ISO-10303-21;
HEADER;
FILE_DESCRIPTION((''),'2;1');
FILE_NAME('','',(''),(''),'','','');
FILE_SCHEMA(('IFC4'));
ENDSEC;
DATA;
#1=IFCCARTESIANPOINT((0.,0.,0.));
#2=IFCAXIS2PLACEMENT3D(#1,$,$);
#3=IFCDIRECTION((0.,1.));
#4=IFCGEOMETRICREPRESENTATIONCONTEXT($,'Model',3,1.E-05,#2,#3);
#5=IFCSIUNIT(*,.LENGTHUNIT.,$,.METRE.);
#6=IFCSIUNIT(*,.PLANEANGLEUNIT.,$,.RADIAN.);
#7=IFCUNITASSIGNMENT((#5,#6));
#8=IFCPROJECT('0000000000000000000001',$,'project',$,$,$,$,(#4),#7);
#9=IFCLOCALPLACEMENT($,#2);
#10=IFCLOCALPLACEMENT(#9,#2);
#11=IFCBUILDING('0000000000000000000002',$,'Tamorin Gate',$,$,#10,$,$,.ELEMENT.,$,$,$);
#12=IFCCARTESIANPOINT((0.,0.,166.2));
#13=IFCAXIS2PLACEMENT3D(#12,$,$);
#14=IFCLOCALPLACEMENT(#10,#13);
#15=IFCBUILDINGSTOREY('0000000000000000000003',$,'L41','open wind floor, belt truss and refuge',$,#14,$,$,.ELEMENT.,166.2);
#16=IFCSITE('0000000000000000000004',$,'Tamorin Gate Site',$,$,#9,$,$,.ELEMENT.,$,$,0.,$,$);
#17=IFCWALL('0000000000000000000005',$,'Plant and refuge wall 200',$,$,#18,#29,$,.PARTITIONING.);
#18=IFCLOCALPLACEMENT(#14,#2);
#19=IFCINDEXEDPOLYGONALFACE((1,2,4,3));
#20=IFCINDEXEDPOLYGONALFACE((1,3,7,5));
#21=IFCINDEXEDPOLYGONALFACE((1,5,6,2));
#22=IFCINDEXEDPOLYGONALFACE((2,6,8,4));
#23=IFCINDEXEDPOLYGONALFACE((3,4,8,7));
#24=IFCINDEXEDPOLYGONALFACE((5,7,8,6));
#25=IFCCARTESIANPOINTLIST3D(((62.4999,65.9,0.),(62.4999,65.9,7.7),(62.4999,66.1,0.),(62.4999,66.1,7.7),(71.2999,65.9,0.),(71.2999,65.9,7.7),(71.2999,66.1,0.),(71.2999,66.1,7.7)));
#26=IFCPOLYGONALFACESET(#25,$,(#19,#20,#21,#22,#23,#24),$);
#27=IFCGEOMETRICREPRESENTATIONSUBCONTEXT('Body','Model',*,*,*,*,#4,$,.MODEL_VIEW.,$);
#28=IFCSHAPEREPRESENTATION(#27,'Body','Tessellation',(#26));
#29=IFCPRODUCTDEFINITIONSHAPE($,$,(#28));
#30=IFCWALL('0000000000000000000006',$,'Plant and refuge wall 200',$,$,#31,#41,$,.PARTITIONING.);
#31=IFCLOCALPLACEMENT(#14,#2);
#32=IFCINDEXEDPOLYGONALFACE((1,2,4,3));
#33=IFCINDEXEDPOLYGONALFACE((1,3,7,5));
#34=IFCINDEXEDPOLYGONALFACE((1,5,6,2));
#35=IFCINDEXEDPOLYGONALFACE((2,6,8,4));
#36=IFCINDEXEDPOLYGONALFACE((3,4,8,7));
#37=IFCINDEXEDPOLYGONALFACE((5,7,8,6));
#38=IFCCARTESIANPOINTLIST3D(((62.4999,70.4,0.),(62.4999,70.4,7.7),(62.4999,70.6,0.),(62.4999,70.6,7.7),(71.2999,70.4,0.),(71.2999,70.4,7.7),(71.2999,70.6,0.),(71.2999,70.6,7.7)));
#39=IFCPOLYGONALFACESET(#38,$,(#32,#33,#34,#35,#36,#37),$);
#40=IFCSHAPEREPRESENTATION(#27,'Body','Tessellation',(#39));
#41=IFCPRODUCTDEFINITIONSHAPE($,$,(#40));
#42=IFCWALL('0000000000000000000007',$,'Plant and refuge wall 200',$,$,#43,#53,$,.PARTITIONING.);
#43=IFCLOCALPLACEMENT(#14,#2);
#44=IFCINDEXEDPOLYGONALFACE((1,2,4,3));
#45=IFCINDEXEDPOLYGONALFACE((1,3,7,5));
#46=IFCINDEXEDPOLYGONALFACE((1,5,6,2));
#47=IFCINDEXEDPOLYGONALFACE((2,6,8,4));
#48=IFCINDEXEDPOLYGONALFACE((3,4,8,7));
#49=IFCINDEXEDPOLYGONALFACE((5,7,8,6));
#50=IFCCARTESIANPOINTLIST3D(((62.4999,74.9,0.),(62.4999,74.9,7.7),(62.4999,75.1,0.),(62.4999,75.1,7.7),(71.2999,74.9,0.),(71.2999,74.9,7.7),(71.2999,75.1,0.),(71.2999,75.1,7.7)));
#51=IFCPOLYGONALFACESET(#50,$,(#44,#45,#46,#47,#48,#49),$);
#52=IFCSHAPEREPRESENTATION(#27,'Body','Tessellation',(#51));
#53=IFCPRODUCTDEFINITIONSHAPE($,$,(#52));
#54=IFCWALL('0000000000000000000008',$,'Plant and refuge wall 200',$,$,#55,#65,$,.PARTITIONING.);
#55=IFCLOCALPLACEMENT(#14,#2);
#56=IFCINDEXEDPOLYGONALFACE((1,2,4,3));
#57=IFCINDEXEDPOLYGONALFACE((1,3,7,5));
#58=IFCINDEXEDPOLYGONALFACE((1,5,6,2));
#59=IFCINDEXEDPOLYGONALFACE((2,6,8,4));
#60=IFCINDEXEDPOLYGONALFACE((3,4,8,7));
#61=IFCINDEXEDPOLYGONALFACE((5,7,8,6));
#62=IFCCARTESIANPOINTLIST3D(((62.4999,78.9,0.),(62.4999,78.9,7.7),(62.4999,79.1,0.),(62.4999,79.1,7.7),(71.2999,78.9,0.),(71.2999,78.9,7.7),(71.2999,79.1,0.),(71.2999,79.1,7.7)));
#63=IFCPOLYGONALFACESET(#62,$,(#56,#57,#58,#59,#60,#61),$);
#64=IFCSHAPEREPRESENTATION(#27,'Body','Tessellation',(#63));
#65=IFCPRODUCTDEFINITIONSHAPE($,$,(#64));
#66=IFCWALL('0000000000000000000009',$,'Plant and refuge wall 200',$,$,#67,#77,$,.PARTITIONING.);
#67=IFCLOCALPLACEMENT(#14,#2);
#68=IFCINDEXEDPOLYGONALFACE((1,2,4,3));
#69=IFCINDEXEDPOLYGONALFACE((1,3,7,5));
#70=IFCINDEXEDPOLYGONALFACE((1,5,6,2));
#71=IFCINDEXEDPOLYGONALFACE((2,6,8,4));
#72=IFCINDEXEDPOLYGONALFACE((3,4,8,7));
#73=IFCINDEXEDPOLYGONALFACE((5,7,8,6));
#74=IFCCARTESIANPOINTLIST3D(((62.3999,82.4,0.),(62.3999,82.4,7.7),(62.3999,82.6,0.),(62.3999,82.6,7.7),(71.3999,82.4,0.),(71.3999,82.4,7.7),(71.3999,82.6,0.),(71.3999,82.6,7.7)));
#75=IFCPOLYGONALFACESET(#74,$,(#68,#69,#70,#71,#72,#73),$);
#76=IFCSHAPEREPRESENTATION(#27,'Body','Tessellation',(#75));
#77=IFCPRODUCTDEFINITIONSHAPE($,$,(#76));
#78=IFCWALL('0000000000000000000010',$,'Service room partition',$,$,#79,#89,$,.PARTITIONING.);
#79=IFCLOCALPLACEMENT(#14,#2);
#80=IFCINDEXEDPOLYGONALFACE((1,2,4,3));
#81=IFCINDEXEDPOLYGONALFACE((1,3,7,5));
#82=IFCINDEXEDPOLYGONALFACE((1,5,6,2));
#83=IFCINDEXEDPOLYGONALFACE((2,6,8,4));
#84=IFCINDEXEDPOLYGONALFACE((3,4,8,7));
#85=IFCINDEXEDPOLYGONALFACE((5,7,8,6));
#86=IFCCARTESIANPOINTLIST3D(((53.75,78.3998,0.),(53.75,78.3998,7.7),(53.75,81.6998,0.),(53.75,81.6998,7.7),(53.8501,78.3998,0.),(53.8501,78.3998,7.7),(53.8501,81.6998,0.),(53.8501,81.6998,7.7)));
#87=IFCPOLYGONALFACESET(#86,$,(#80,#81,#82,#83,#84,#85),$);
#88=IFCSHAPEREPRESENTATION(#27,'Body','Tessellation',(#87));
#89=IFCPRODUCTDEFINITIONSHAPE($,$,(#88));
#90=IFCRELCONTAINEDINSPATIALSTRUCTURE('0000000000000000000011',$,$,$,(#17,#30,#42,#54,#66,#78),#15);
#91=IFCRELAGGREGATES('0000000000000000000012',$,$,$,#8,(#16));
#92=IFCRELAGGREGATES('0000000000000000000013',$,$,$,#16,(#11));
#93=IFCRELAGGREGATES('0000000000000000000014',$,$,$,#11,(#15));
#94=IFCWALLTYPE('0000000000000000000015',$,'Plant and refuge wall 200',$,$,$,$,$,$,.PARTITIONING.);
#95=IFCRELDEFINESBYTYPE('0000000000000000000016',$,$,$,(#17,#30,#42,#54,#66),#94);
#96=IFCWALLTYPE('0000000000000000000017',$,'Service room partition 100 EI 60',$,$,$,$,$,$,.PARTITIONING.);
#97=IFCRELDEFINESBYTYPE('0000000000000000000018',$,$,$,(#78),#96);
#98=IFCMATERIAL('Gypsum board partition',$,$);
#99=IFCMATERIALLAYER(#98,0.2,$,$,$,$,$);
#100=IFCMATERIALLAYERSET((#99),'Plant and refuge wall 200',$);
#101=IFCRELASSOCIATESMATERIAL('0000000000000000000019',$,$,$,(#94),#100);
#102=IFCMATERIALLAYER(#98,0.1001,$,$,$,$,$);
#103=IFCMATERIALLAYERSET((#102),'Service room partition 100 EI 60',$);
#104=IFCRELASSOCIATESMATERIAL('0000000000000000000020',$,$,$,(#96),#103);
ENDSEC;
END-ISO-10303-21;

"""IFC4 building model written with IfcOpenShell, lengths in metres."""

from ifc_helpers import new_model, si_unit, direction, frame, frame_2d, origin, place, context, subcontext, project, spatial, rectangle, extrude, material, layer, layer_set, type_object, element, save


model = new_model("IFC4")

# Units and contexts
model_context = context("Model", 3, precision=1e-05, world=origin(), true_north=direction((0.0, 1.0)))
body_context = subcontext(model_context, "Body", "Model", "MODEL_VIEW")
ifc_project = project(units=[si_unit("LENGTHUNIT", "METRE"), si_unit("PLANEANGLEUNIT", "RADIAN")], contexts=[model_context])

# Site, building, storey
site_placement = place(None, origin())
site = spatial("IfcSite", under=ifc_project, at=site_placement, Name="Tamorin Gate Site", CompositionType="ELEMENT", RefElevation=0.0)
building_placement = place(site_placement, origin())
building = spatial("IfcBuilding", under=site, at=building_placement, Name="Tamorin Gate", CompositionType="ELEMENT")
storey_placement = place(building_placement, frame((0.0, 0.0, 166.2)))
storey = spatial("IfcBuildingStorey", under=building, at=storey_placement, Name="L41", Description="open wind floor, belt truss and refuge", CompositionType="ELEMENT", Elevation=166.2)

# Walls
ifc_material_1 = material(Name="Gypsum board partition")
ifc_layer_1 = layer(ifc_material_1, 0.2)
ifc_layer_set_1 = layer_set([ifc_layer_1], Name="Plant and refuge wall 200")
wall_type_1 = type_object("IfcWallType", Name="Plant and refuge wall 200", PredefinedType="PARTITIONING", material=ifc_layer_set_1)
for number, where, z_axis, x_axis, name in (
    (1, (62.5, 66.0, 0.0), (0.0, 0.0, 1.0), (1.0, 0.0, 0.0), "Plant and refuge wall 200"),
    (2, (62.5, 70.5, 0.0), (0.0, 0.0, 1.0), (1.0, 0.0, 0.0), "Plant and refuge wall 200"),
    (3, (62.5, 75.0, 0.0), (0.0, 0.0, 1.0), (1.0, 0.0, 0.0), "Plant and refuge wall 200"),
    (4, (62.5, 79.0, 0.0), (0.0, 0.0, 1.0), (1.0, 0.0, 0.0), "Plant and refuge wall 200"),
):
    element("IfcWall", number, at=place(storey_placement, frame(where, z_axis=z_axis, x_axis=x_axis)), inside=storey, type_object=wall_type_1, Name=name, PredefinedType="PARTITIONING", context=body_context, shape_type="SweptSolid", body=[
        extrude(rectangle(XDim=8.8, YDim=0.2, at=frame_2d((4.3999, 0.0))), origin(), (0.0, 0.0, 1.0), 7.7),
    ])
wall_1_placement = place(storey_placement, frame((62.3999, 82.5, 0.0), z_axis=(0.0, 0.0, 1.0), x_axis=(1.0, 0.0, 0.0)))
element("IfcWall", 5, at=wall_1_placement, inside=storey, type_object=wall_type_1, Name="Plant and refuge wall 200", PredefinedType="PARTITIONING", context=body_context, shape_type="SweptSolid", body=[
    extrude(rectangle(XDim=9.0, YDim=0.2, at=frame_2d((4.5, 0.0))), origin(), (0.0, 0.0, 1.0), 7.7),
])
ifc_layer_2 = layer(ifc_material_1, 0.1001)
ifc_layer_set_2 = layer_set([ifc_layer_2], Name="Service room partition 100 EI 60")
wall_type_2 = type_object("IfcWallType", Name="Service room partition 100 EI 60", PredefinedType="PARTITIONING", material=ifc_layer_set_2)
wall_2_placement = place(storey_placement, frame((53.8, 78.3999, 0.0), z_axis=(0.0, 0.0, 1.0), x_axis=(0.0, 1.0, 0.0)))
element("IfcWall", 6, at=wall_2_placement, inside=storey, type_object=wall_type_2, Name="Service room partition", PredefinedType="PARTITIONING", context=body_context, shape_type="SweptSolid", body=[
    extrude(rectangle(XDim=3.3, YDim=0.1001, at=frame_2d((1.6499, 0.0))), origin(), (0.0, 0.0, 1.0), 7.7),
])

save(model, "model.ifc")
